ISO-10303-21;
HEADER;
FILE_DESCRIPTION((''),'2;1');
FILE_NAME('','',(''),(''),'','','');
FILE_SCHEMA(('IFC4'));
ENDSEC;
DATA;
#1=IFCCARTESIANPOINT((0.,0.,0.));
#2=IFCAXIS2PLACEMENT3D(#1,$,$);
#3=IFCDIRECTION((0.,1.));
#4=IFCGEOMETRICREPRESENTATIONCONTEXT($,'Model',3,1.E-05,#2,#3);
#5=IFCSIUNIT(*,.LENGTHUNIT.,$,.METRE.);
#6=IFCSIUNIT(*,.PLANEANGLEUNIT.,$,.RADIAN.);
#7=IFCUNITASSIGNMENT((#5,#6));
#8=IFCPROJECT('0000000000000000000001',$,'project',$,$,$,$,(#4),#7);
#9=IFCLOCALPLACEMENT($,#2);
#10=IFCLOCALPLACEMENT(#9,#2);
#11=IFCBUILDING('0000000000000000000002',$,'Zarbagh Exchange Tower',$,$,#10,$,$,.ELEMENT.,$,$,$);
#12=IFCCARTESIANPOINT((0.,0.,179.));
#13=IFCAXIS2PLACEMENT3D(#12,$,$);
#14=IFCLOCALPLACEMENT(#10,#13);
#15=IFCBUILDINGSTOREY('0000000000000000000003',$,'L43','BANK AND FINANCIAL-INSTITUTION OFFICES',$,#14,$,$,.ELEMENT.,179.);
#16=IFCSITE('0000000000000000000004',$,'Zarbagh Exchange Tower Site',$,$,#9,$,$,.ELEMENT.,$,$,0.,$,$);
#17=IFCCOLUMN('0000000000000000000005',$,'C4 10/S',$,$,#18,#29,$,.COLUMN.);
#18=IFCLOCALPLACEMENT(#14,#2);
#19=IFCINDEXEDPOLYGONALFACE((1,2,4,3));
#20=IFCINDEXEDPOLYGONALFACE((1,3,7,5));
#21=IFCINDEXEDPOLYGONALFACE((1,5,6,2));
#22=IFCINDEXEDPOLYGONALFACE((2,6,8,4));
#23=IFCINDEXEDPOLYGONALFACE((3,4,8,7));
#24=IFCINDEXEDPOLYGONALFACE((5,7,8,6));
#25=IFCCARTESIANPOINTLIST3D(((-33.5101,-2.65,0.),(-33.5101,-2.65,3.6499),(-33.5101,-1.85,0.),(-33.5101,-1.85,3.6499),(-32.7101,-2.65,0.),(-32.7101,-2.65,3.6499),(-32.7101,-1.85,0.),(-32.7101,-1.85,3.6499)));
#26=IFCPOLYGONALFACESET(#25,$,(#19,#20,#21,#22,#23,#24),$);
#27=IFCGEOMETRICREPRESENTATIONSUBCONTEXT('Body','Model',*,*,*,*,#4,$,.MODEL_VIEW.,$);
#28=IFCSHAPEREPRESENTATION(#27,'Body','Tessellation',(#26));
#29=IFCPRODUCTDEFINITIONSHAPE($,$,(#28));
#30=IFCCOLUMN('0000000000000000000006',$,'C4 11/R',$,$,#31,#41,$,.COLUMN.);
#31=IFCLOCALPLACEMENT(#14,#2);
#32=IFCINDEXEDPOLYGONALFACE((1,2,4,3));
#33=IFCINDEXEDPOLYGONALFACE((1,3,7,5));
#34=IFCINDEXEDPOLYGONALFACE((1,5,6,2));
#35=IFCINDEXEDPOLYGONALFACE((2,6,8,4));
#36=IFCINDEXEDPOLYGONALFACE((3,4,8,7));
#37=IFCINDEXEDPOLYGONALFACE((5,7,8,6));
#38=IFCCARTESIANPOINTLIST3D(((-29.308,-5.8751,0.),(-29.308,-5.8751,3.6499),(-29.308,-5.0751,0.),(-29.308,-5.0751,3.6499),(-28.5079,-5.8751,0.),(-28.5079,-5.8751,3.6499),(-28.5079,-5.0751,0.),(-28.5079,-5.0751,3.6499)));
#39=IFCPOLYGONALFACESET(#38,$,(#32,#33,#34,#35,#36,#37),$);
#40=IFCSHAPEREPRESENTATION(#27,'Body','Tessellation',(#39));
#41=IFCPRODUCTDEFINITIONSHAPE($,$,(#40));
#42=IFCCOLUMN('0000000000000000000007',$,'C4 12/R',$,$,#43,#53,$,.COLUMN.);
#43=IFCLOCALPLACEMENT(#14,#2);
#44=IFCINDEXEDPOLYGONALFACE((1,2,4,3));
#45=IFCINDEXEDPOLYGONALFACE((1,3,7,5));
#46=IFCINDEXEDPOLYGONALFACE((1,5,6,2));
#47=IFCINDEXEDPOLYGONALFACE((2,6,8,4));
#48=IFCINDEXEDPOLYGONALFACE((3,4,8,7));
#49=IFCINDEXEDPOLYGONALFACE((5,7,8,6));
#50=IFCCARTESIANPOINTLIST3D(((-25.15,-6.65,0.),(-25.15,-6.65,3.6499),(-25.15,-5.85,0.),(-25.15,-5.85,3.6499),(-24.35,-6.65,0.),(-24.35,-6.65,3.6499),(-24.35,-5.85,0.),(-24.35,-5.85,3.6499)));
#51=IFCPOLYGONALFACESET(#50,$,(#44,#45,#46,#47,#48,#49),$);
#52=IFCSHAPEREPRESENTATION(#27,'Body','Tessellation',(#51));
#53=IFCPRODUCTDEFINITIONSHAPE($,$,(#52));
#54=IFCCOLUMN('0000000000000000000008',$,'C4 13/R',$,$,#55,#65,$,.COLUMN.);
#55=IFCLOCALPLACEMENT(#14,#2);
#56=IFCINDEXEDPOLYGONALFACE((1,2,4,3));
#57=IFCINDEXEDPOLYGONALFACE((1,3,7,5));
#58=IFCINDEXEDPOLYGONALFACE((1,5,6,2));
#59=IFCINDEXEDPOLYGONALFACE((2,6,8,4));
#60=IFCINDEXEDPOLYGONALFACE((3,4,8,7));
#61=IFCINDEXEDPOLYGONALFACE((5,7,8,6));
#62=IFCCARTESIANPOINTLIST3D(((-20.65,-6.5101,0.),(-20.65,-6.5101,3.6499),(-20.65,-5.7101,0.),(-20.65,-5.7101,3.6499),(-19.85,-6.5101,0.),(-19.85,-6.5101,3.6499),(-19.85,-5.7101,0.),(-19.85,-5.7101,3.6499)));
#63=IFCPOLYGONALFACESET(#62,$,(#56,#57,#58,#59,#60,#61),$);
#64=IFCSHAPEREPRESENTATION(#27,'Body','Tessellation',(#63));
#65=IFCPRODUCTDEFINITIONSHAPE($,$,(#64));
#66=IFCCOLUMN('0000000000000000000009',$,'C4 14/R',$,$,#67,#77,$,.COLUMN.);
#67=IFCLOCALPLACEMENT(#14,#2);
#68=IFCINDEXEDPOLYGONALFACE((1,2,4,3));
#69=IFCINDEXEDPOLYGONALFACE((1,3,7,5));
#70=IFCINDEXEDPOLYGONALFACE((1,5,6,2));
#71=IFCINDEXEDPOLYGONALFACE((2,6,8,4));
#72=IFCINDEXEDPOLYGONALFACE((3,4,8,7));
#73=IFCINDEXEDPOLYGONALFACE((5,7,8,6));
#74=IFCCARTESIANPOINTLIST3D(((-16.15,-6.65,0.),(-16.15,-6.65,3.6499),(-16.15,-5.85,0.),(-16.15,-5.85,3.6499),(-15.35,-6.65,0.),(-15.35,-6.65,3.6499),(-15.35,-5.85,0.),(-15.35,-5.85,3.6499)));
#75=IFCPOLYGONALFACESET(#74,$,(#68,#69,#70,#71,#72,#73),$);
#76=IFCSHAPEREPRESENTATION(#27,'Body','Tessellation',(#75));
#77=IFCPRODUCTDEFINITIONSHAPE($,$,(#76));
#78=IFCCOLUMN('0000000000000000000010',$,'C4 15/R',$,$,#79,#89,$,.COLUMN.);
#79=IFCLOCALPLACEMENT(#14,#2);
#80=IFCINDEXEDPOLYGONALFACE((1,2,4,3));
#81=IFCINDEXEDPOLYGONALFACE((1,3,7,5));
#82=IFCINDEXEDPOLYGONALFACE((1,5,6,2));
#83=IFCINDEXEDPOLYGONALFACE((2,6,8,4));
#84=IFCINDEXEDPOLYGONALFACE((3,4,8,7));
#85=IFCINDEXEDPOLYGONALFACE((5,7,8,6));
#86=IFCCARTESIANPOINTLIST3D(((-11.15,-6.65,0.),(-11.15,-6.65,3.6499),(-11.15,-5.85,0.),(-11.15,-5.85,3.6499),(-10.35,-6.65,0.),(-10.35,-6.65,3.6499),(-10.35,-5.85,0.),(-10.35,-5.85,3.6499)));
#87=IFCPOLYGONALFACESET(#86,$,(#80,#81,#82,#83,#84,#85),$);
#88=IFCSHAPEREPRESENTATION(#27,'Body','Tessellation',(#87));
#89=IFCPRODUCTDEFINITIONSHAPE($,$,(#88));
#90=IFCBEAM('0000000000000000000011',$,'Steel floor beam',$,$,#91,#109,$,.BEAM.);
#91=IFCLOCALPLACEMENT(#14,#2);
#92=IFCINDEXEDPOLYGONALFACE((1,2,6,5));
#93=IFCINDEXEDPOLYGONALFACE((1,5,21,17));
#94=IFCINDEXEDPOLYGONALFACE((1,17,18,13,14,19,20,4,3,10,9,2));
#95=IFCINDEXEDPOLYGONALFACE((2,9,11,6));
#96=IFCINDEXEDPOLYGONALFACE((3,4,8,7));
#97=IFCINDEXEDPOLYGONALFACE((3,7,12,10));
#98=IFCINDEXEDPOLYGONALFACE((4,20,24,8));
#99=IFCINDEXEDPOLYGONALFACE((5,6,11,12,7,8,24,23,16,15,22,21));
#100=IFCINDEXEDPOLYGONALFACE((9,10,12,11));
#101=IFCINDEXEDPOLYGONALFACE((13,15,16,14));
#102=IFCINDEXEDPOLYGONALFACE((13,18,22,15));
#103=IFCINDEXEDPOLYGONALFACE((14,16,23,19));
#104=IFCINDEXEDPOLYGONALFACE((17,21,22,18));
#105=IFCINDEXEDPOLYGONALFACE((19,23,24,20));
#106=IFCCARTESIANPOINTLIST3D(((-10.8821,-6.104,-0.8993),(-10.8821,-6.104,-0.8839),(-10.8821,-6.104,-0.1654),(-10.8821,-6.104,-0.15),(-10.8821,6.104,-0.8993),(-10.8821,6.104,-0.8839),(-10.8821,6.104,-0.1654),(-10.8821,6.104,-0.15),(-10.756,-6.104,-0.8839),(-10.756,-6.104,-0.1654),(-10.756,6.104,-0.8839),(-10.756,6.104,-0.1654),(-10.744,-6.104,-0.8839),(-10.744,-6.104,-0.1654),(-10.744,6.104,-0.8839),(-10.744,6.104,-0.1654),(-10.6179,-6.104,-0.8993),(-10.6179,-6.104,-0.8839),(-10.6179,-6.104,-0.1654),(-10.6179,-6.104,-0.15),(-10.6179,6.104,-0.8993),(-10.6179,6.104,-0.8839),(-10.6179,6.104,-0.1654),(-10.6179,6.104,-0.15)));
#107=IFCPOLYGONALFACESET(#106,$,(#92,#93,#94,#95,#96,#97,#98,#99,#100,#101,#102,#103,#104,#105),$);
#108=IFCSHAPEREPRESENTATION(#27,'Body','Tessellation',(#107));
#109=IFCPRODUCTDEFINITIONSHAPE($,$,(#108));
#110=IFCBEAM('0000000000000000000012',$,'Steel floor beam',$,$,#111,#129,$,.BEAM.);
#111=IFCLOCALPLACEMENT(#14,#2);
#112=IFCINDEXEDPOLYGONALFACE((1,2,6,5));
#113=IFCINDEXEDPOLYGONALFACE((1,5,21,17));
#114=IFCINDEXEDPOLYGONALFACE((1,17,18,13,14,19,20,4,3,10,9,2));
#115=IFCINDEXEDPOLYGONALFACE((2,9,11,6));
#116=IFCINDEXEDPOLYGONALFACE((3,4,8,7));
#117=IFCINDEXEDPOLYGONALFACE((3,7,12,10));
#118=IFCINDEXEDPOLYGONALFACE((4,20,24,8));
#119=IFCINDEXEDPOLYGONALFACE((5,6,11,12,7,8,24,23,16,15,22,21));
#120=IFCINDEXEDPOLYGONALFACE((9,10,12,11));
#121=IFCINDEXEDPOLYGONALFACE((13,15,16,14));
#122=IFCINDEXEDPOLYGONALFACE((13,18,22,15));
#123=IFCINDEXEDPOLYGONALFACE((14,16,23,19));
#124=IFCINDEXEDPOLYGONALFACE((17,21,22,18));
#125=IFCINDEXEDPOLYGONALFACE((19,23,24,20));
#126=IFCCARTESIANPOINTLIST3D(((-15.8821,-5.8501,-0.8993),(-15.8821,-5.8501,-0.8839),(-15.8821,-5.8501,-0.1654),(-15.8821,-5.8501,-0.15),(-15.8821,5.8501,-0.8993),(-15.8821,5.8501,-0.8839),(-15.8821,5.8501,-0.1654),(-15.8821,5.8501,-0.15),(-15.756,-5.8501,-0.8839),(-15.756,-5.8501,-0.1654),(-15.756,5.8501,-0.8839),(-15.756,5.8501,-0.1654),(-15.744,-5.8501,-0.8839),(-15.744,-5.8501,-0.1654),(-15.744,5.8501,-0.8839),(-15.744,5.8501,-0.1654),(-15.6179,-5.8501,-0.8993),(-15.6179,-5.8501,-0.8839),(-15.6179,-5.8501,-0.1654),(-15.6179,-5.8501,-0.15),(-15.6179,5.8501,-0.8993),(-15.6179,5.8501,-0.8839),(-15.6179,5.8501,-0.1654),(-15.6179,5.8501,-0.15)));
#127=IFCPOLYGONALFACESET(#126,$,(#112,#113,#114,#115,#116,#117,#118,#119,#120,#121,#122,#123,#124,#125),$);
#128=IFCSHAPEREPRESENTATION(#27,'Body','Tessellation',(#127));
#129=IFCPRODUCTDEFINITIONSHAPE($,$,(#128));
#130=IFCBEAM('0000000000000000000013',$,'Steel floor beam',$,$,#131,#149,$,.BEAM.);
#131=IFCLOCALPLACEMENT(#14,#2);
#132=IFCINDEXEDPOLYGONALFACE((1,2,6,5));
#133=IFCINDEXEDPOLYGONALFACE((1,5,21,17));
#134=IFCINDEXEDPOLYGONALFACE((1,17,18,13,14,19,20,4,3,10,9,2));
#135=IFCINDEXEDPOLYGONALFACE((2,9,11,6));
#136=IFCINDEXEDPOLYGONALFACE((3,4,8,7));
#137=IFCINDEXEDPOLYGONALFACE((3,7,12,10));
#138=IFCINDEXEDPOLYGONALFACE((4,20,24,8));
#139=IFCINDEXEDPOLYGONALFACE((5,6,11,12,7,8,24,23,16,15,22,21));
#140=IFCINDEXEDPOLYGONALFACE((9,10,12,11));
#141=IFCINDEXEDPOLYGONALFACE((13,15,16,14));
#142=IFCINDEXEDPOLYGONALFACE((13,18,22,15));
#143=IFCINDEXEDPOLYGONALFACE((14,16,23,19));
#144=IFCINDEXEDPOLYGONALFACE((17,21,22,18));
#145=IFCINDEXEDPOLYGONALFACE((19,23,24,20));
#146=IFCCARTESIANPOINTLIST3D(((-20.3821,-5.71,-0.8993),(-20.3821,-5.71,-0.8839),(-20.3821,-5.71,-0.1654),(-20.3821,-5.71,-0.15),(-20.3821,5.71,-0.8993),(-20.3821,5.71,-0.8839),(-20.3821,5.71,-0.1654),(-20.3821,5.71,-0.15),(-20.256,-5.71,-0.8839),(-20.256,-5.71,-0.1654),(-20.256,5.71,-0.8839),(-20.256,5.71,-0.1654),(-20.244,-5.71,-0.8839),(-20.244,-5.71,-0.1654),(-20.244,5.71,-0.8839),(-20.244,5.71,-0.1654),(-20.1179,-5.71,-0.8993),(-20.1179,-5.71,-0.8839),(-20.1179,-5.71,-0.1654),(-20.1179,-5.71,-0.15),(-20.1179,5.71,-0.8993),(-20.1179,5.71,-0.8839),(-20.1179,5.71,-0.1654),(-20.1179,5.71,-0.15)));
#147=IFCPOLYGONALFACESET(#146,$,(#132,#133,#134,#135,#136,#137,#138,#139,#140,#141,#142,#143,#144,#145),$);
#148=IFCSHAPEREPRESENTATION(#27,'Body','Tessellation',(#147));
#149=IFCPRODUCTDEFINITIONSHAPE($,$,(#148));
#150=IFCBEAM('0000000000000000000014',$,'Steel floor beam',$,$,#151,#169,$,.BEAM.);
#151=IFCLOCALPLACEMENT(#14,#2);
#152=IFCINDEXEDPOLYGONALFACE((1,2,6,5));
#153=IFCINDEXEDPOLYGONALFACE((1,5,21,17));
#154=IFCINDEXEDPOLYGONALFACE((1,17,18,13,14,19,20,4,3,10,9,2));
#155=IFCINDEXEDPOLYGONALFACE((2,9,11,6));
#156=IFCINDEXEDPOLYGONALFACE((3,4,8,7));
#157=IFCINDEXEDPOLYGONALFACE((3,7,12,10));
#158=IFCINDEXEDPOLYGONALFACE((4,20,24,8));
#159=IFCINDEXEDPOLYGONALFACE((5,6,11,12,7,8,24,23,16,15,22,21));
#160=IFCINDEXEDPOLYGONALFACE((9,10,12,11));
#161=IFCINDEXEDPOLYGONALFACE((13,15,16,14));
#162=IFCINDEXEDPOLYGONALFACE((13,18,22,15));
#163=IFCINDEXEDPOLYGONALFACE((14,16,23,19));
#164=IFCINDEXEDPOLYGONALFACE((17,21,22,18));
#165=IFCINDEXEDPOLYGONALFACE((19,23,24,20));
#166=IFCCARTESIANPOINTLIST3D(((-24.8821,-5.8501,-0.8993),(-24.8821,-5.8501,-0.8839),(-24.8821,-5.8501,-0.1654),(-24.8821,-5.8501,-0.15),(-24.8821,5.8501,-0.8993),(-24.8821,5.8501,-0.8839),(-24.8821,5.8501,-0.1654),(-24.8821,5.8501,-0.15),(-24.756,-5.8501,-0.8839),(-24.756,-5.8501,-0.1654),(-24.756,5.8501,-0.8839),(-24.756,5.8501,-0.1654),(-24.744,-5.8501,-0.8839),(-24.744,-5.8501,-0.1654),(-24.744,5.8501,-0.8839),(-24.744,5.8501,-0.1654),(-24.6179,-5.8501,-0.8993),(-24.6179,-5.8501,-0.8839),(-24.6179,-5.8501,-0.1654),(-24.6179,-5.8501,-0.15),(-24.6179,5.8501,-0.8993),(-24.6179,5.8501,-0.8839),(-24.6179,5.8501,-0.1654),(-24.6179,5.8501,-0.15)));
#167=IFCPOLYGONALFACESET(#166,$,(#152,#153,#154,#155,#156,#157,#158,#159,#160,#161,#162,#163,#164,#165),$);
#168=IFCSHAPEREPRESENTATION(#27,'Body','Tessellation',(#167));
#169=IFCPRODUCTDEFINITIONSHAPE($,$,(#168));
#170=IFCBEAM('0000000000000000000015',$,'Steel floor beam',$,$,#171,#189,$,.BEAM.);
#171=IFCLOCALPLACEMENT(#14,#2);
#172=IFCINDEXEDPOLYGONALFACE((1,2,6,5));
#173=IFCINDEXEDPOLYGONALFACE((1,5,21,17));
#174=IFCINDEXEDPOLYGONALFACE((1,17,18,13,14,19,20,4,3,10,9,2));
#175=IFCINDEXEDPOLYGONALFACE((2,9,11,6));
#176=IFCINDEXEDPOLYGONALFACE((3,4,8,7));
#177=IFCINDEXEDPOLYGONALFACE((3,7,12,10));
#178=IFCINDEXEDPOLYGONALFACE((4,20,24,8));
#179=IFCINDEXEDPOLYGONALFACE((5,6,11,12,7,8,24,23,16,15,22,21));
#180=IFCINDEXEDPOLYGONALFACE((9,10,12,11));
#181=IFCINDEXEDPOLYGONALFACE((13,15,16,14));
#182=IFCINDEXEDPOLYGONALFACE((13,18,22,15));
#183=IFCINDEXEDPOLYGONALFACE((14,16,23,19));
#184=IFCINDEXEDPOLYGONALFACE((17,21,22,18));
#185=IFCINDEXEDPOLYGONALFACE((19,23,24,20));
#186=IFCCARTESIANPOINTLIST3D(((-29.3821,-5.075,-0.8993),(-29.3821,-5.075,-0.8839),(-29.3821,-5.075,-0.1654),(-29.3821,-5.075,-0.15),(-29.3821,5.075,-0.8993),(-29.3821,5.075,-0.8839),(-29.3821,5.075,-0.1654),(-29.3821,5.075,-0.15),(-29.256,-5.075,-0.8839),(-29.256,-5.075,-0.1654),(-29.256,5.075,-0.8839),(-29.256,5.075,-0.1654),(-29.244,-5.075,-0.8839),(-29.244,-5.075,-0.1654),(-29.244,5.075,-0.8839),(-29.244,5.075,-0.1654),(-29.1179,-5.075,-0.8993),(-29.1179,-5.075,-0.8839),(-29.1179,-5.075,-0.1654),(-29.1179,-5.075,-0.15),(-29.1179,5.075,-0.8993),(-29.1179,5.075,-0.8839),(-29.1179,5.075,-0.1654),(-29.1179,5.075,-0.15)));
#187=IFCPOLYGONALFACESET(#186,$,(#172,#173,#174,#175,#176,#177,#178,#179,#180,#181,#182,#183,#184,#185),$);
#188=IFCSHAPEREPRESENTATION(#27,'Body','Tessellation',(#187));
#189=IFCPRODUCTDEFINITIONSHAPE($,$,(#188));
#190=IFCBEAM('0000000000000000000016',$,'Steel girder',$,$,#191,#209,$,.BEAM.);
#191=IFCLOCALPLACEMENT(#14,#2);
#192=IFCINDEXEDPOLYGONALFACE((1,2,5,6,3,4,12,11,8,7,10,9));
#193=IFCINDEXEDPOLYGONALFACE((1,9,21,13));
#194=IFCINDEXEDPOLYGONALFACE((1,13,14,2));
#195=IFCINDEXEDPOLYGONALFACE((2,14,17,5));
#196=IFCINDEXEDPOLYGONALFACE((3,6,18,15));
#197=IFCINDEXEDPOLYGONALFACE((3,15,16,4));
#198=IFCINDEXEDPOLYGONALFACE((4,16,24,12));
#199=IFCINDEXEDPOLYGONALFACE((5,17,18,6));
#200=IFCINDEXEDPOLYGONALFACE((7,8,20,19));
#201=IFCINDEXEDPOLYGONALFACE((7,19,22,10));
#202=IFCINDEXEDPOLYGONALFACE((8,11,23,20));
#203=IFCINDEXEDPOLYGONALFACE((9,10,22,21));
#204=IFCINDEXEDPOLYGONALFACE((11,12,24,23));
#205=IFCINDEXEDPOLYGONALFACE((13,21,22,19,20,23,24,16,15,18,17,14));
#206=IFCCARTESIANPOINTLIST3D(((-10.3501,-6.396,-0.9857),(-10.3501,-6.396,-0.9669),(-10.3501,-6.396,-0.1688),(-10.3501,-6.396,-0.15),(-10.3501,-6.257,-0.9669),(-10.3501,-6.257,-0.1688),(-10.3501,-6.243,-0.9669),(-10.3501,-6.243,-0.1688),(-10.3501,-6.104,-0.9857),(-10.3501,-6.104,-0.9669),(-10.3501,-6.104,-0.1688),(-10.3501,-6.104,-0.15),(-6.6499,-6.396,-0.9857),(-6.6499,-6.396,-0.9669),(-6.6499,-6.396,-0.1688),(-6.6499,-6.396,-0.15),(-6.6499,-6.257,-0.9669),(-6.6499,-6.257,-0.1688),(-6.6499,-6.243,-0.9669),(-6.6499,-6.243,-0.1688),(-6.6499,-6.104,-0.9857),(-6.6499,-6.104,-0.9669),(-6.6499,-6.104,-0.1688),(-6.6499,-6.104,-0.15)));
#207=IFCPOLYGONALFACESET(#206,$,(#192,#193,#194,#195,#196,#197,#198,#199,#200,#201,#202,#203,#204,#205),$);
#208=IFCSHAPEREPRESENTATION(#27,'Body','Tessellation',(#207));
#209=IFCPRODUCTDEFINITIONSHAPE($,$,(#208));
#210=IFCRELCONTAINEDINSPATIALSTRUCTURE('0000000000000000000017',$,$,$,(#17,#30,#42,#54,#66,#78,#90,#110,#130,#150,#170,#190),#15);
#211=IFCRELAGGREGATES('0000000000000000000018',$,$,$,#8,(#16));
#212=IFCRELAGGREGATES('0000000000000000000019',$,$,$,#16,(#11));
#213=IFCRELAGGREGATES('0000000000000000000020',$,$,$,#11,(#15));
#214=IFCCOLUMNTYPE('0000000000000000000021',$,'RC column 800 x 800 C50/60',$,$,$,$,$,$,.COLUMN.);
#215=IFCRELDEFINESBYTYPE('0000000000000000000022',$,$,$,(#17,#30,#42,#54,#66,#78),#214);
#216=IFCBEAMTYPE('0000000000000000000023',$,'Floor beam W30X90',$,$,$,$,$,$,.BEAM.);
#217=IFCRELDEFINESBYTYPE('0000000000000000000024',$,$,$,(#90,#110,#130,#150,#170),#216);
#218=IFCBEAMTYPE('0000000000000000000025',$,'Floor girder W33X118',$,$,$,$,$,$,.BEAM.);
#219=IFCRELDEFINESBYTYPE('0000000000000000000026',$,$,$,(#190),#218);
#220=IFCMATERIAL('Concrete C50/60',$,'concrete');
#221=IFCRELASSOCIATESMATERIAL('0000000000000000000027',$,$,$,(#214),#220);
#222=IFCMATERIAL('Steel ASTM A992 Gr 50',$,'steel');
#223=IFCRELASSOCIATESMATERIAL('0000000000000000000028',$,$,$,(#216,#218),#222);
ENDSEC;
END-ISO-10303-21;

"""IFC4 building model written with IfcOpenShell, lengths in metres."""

from ifc_helpers import new_model, si_unit, direction, frame, origin, origin_2d, place, context, subcontext, project, spatial, rectangle, i_section, extrude, material, material_profile, profile_set, type_object, element, save


model = new_model("IFC4")

# Units and contexts
model_context = context("Model", 3, precision=1e-05, world=origin(), true_north=direction((0.0, 1.0)))
body_context = subcontext(model_context, "Body", "Model", "MODEL_VIEW")
ifc_project = project(units=[si_unit("LENGTHUNIT", "METRE"), si_unit("PLANEANGLEUNIT", "RADIAN")], contexts=[model_context])

# Site, building, storey
site_placement = place(None, origin())
site = spatial("IfcSite", under=ifc_project, at=site_placement, Name="Zarbagh Exchange Tower Site", CompositionType="ELEMENT", RefElevation=0.0)
building_placement = place(site_placement, origin())
building = spatial("IfcBuilding", under=site, at=building_placement, Name="Zarbagh Exchange Tower", CompositionType="ELEMENT")
storey_placement = place(building_placement, frame((0.0, 0.0, 179.0)))
storey = spatial("IfcBuildingStorey", under=building, at=storey_placement, Name="L43", Description="BANK AND FINANCIAL-INSTITUTION OFFICES", CompositionType="ELEMENT", Elevation=179.0)

# Columns
ifc_material_1 = material(Name="Concrete C50/60", Category="concrete")
ifc_material_profile_1 = material_profile(ifc_material_1, rectangle(XDim=0.8, YDim=0.8, at=origin_2d()), Name="RC column 800 x 800 C50/60")
ifc_profile_set_1 = profile_set([ifc_material_profile_1], Name="Concrete C50/60")
column_type = type_object("IfcColumnType", Name="RC column 800 x 800 C50/60", PredefinedType="COLUMN", material=ifc_profile_set_1)
for number, where, z_axis, x_axis, name in (
    (1, (-33.1101, -2.25, 0.0), (0.0, 0.0, 1.0), (1.0, 0.0, 0.0), "C4 10/S"),
    (2, (-28.908, -5.4751, 0.0), (0.0, 0.0, 1.0), (1.0, 0.0, 0.0), "C4 11/R"),
    (3, (-24.75, -6.25, 0.0), (0.0, 0.0, 1.0), (1.0, 0.0, 0.0), "C4 12/R"),
    (4, (-20.25, -6.1101, 0.0), (0.0, 0.0, 1.0), (1.0, 0.0, 0.0), "C4 13/R"),
    (5, (-15.75, -6.25, 0.0), (0.0, 0.0, 1.0), (1.0, 0.0, 0.0), "C4 14/R"),
    (6, (-10.75, -6.25, 0.0), (0.0, 0.0, 1.0), (1.0, 0.0, 0.0), "C4 15/R"),
):
    element("IfcColumn", number, at=place(storey_placement, frame(where, z_axis=z_axis, x_axis=x_axis)), inside=storey, type_object=column_type, Name=name, PredefinedType="COLUMN", context=body_context, shape_type="SweptSolid", body=[
        extrude(rectangle(XDim=0.8, YDim=0.8, at=origin_2d()), origin(), (0.0, 0.0, 1.0), 3.6499),
    ])

# Beams
ifc_material_2 = material(Name="Steel ASTM A992 Gr 50", Category="steel")
ifc_material_profile_2 = material_profile(ifc_material_2, i_section(OverallWidth=0.2642, OverallDepth=0.7493, WebThickness=0.012, FlangeThickness=0.0154, at=origin_2d()), Name="W30X90")
ifc_profile_set_2 = profile_set([ifc_material_profile_2], Name="Steel ASTM A992 Gr 50")
beam_type_1 = type_object("IfcBeamType", Name="Floor beam W30X90", PredefinedType="BEAM", material=ifc_profile_set_2)
beam_1_placement = place(storey_placement, frame((-10.75, -6.104, -0.5247), z_axis=(0.0, 1.0, 0.0), x_axis=(-1.0, 0.0, 0.0)))
element("IfcBeam", 7, at=beam_1_placement, inside=storey, type_object=beam_type_1, Name="Steel floor beam", PredefinedType="BEAM", context=body_context, shape_type="SweptSolid", body=[
    extrude(i_section(OverallWidth=0.2642, OverallDepth=0.7493, WebThickness=0.012, FlangeThickness=0.0154, at=origin_2d()), origin(), (0.0, 0.0, 1.0), 12.208),
])
beam_2_placement = place(storey_placement, frame((-15.75, -5.8501, -0.5247), z_axis=(0.0, 1.0, 0.0), x_axis=(-1.0, 0.0, 0.0)))
element("IfcBeam", 8, at=beam_2_placement, inside=storey, type_object=beam_type_1, Name="Steel floor beam", PredefinedType="BEAM", context=body_context, shape_type="SweptSolid", body=[
    extrude(i_section(OverallWidth=0.2642, OverallDepth=0.7493, WebThickness=0.012, FlangeThickness=0.0154, at=origin_2d()), origin(), (0.0, 0.0, 1.0), 11.7002),
])
beam_3_placement = place(storey_placement, frame((-20.25, -5.71, -0.5247), z_axis=(0.0, 1.0, 0.0), x_axis=(-1.0, 0.0, 0.0)))
element("IfcBeam", 9, at=beam_3_placement, inside=storey, type_object=beam_type_1, Name="Steel floor beam", PredefinedType="BEAM", context=body_context, shape_type="SweptSolid", body=[
    extrude(i_section(OverallWidth=0.2642, OverallDepth=0.7493, WebThickness=0.012, FlangeThickness=0.0154, at=origin_2d()), origin(), (0.0, 0.0, 1.0), 11.4199),
])
beam_4_placement = place(storey_placement, frame((-24.75, -5.8501, -0.5247), z_axis=(0.0, 1.0, 0.0), x_axis=(-1.0, 0.0, 0.0)))
element("IfcBeam", 10, at=beam_4_placement, inside=storey, type_object=beam_type_1, Name="Steel floor beam", PredefinedType="BEAM", context=body_context, shape_type="SweptSolid", body=[
    extrude(i_section(OverallWidth=0.2642, OverallDepth=0.7493, WebThickness=0.012, FlangeThickness=0.0154, at=origin_2d()), origin(), (0.0, 0.0, 1.0), 11.7002),
])
beam_5_placement = place(storey_placement, frame((-29.25, -5.075, -0.5247), z_axis=(0.0, 1.0, 0.0), x_axis=(-1.0, 0.0, 0.0)))
element("IfcBeam", 11, at=beam_5_placement, inside=storey, type_object=beam_type_1, Name="Steel floor beam", PredefinedType="BEAM", context=body_context, shape_type="SweptSolid", body=[
    extrude(i_section(OverallWidth=0.2642, OverallDepth=0.7493, WebThickness=0.012, FlangeThickness=0.0154, at=origin_2d()), origin(), (0.0, 0.0, 1.0), 10.1499),
])
ifc_material_profile_3 = material_profile(ifc_material_2, i_section(OverallWidth=0.292, OverallDepth=0.8357, WebThickness=0.0139, FlangeThickness=0.0188, at=origin_2d()), Name="W33X118")
ifc_profile_set_3 = profile_set([ifc_material_profile_3], Name="Steel ASTM A992 Gr 50")
beam_type_2 = type_object("IfcBeamType", Name="Floor girder W33X118", PredefinedType="BEAM", material=ifc_profile_set_3)
beam_6_placement = place(storey_placement, frame((-10.3501, -6.25, -0.5679), z_axis=(1.0, 0.0, 0.0), x_axis=(0.0, 1.0, 0.0)))
element("IfcBeam", 12, at=beam_6_placement, inside=storey, type_object=beam_type_2, Name="Steel girder", PredefinedType="BEAM", context=body_context, shape_type="SweptSolid", body=[
    extrude(i_section(OverallWidth=0.292, OverallDepth=0.8357, WebThickness=0.0139, FlangeThickness=0.0188, at=origin_2d()), origin(), (0.0, 0.0, 1.0), 3.7002),
])

save(model, "model.ifc")
